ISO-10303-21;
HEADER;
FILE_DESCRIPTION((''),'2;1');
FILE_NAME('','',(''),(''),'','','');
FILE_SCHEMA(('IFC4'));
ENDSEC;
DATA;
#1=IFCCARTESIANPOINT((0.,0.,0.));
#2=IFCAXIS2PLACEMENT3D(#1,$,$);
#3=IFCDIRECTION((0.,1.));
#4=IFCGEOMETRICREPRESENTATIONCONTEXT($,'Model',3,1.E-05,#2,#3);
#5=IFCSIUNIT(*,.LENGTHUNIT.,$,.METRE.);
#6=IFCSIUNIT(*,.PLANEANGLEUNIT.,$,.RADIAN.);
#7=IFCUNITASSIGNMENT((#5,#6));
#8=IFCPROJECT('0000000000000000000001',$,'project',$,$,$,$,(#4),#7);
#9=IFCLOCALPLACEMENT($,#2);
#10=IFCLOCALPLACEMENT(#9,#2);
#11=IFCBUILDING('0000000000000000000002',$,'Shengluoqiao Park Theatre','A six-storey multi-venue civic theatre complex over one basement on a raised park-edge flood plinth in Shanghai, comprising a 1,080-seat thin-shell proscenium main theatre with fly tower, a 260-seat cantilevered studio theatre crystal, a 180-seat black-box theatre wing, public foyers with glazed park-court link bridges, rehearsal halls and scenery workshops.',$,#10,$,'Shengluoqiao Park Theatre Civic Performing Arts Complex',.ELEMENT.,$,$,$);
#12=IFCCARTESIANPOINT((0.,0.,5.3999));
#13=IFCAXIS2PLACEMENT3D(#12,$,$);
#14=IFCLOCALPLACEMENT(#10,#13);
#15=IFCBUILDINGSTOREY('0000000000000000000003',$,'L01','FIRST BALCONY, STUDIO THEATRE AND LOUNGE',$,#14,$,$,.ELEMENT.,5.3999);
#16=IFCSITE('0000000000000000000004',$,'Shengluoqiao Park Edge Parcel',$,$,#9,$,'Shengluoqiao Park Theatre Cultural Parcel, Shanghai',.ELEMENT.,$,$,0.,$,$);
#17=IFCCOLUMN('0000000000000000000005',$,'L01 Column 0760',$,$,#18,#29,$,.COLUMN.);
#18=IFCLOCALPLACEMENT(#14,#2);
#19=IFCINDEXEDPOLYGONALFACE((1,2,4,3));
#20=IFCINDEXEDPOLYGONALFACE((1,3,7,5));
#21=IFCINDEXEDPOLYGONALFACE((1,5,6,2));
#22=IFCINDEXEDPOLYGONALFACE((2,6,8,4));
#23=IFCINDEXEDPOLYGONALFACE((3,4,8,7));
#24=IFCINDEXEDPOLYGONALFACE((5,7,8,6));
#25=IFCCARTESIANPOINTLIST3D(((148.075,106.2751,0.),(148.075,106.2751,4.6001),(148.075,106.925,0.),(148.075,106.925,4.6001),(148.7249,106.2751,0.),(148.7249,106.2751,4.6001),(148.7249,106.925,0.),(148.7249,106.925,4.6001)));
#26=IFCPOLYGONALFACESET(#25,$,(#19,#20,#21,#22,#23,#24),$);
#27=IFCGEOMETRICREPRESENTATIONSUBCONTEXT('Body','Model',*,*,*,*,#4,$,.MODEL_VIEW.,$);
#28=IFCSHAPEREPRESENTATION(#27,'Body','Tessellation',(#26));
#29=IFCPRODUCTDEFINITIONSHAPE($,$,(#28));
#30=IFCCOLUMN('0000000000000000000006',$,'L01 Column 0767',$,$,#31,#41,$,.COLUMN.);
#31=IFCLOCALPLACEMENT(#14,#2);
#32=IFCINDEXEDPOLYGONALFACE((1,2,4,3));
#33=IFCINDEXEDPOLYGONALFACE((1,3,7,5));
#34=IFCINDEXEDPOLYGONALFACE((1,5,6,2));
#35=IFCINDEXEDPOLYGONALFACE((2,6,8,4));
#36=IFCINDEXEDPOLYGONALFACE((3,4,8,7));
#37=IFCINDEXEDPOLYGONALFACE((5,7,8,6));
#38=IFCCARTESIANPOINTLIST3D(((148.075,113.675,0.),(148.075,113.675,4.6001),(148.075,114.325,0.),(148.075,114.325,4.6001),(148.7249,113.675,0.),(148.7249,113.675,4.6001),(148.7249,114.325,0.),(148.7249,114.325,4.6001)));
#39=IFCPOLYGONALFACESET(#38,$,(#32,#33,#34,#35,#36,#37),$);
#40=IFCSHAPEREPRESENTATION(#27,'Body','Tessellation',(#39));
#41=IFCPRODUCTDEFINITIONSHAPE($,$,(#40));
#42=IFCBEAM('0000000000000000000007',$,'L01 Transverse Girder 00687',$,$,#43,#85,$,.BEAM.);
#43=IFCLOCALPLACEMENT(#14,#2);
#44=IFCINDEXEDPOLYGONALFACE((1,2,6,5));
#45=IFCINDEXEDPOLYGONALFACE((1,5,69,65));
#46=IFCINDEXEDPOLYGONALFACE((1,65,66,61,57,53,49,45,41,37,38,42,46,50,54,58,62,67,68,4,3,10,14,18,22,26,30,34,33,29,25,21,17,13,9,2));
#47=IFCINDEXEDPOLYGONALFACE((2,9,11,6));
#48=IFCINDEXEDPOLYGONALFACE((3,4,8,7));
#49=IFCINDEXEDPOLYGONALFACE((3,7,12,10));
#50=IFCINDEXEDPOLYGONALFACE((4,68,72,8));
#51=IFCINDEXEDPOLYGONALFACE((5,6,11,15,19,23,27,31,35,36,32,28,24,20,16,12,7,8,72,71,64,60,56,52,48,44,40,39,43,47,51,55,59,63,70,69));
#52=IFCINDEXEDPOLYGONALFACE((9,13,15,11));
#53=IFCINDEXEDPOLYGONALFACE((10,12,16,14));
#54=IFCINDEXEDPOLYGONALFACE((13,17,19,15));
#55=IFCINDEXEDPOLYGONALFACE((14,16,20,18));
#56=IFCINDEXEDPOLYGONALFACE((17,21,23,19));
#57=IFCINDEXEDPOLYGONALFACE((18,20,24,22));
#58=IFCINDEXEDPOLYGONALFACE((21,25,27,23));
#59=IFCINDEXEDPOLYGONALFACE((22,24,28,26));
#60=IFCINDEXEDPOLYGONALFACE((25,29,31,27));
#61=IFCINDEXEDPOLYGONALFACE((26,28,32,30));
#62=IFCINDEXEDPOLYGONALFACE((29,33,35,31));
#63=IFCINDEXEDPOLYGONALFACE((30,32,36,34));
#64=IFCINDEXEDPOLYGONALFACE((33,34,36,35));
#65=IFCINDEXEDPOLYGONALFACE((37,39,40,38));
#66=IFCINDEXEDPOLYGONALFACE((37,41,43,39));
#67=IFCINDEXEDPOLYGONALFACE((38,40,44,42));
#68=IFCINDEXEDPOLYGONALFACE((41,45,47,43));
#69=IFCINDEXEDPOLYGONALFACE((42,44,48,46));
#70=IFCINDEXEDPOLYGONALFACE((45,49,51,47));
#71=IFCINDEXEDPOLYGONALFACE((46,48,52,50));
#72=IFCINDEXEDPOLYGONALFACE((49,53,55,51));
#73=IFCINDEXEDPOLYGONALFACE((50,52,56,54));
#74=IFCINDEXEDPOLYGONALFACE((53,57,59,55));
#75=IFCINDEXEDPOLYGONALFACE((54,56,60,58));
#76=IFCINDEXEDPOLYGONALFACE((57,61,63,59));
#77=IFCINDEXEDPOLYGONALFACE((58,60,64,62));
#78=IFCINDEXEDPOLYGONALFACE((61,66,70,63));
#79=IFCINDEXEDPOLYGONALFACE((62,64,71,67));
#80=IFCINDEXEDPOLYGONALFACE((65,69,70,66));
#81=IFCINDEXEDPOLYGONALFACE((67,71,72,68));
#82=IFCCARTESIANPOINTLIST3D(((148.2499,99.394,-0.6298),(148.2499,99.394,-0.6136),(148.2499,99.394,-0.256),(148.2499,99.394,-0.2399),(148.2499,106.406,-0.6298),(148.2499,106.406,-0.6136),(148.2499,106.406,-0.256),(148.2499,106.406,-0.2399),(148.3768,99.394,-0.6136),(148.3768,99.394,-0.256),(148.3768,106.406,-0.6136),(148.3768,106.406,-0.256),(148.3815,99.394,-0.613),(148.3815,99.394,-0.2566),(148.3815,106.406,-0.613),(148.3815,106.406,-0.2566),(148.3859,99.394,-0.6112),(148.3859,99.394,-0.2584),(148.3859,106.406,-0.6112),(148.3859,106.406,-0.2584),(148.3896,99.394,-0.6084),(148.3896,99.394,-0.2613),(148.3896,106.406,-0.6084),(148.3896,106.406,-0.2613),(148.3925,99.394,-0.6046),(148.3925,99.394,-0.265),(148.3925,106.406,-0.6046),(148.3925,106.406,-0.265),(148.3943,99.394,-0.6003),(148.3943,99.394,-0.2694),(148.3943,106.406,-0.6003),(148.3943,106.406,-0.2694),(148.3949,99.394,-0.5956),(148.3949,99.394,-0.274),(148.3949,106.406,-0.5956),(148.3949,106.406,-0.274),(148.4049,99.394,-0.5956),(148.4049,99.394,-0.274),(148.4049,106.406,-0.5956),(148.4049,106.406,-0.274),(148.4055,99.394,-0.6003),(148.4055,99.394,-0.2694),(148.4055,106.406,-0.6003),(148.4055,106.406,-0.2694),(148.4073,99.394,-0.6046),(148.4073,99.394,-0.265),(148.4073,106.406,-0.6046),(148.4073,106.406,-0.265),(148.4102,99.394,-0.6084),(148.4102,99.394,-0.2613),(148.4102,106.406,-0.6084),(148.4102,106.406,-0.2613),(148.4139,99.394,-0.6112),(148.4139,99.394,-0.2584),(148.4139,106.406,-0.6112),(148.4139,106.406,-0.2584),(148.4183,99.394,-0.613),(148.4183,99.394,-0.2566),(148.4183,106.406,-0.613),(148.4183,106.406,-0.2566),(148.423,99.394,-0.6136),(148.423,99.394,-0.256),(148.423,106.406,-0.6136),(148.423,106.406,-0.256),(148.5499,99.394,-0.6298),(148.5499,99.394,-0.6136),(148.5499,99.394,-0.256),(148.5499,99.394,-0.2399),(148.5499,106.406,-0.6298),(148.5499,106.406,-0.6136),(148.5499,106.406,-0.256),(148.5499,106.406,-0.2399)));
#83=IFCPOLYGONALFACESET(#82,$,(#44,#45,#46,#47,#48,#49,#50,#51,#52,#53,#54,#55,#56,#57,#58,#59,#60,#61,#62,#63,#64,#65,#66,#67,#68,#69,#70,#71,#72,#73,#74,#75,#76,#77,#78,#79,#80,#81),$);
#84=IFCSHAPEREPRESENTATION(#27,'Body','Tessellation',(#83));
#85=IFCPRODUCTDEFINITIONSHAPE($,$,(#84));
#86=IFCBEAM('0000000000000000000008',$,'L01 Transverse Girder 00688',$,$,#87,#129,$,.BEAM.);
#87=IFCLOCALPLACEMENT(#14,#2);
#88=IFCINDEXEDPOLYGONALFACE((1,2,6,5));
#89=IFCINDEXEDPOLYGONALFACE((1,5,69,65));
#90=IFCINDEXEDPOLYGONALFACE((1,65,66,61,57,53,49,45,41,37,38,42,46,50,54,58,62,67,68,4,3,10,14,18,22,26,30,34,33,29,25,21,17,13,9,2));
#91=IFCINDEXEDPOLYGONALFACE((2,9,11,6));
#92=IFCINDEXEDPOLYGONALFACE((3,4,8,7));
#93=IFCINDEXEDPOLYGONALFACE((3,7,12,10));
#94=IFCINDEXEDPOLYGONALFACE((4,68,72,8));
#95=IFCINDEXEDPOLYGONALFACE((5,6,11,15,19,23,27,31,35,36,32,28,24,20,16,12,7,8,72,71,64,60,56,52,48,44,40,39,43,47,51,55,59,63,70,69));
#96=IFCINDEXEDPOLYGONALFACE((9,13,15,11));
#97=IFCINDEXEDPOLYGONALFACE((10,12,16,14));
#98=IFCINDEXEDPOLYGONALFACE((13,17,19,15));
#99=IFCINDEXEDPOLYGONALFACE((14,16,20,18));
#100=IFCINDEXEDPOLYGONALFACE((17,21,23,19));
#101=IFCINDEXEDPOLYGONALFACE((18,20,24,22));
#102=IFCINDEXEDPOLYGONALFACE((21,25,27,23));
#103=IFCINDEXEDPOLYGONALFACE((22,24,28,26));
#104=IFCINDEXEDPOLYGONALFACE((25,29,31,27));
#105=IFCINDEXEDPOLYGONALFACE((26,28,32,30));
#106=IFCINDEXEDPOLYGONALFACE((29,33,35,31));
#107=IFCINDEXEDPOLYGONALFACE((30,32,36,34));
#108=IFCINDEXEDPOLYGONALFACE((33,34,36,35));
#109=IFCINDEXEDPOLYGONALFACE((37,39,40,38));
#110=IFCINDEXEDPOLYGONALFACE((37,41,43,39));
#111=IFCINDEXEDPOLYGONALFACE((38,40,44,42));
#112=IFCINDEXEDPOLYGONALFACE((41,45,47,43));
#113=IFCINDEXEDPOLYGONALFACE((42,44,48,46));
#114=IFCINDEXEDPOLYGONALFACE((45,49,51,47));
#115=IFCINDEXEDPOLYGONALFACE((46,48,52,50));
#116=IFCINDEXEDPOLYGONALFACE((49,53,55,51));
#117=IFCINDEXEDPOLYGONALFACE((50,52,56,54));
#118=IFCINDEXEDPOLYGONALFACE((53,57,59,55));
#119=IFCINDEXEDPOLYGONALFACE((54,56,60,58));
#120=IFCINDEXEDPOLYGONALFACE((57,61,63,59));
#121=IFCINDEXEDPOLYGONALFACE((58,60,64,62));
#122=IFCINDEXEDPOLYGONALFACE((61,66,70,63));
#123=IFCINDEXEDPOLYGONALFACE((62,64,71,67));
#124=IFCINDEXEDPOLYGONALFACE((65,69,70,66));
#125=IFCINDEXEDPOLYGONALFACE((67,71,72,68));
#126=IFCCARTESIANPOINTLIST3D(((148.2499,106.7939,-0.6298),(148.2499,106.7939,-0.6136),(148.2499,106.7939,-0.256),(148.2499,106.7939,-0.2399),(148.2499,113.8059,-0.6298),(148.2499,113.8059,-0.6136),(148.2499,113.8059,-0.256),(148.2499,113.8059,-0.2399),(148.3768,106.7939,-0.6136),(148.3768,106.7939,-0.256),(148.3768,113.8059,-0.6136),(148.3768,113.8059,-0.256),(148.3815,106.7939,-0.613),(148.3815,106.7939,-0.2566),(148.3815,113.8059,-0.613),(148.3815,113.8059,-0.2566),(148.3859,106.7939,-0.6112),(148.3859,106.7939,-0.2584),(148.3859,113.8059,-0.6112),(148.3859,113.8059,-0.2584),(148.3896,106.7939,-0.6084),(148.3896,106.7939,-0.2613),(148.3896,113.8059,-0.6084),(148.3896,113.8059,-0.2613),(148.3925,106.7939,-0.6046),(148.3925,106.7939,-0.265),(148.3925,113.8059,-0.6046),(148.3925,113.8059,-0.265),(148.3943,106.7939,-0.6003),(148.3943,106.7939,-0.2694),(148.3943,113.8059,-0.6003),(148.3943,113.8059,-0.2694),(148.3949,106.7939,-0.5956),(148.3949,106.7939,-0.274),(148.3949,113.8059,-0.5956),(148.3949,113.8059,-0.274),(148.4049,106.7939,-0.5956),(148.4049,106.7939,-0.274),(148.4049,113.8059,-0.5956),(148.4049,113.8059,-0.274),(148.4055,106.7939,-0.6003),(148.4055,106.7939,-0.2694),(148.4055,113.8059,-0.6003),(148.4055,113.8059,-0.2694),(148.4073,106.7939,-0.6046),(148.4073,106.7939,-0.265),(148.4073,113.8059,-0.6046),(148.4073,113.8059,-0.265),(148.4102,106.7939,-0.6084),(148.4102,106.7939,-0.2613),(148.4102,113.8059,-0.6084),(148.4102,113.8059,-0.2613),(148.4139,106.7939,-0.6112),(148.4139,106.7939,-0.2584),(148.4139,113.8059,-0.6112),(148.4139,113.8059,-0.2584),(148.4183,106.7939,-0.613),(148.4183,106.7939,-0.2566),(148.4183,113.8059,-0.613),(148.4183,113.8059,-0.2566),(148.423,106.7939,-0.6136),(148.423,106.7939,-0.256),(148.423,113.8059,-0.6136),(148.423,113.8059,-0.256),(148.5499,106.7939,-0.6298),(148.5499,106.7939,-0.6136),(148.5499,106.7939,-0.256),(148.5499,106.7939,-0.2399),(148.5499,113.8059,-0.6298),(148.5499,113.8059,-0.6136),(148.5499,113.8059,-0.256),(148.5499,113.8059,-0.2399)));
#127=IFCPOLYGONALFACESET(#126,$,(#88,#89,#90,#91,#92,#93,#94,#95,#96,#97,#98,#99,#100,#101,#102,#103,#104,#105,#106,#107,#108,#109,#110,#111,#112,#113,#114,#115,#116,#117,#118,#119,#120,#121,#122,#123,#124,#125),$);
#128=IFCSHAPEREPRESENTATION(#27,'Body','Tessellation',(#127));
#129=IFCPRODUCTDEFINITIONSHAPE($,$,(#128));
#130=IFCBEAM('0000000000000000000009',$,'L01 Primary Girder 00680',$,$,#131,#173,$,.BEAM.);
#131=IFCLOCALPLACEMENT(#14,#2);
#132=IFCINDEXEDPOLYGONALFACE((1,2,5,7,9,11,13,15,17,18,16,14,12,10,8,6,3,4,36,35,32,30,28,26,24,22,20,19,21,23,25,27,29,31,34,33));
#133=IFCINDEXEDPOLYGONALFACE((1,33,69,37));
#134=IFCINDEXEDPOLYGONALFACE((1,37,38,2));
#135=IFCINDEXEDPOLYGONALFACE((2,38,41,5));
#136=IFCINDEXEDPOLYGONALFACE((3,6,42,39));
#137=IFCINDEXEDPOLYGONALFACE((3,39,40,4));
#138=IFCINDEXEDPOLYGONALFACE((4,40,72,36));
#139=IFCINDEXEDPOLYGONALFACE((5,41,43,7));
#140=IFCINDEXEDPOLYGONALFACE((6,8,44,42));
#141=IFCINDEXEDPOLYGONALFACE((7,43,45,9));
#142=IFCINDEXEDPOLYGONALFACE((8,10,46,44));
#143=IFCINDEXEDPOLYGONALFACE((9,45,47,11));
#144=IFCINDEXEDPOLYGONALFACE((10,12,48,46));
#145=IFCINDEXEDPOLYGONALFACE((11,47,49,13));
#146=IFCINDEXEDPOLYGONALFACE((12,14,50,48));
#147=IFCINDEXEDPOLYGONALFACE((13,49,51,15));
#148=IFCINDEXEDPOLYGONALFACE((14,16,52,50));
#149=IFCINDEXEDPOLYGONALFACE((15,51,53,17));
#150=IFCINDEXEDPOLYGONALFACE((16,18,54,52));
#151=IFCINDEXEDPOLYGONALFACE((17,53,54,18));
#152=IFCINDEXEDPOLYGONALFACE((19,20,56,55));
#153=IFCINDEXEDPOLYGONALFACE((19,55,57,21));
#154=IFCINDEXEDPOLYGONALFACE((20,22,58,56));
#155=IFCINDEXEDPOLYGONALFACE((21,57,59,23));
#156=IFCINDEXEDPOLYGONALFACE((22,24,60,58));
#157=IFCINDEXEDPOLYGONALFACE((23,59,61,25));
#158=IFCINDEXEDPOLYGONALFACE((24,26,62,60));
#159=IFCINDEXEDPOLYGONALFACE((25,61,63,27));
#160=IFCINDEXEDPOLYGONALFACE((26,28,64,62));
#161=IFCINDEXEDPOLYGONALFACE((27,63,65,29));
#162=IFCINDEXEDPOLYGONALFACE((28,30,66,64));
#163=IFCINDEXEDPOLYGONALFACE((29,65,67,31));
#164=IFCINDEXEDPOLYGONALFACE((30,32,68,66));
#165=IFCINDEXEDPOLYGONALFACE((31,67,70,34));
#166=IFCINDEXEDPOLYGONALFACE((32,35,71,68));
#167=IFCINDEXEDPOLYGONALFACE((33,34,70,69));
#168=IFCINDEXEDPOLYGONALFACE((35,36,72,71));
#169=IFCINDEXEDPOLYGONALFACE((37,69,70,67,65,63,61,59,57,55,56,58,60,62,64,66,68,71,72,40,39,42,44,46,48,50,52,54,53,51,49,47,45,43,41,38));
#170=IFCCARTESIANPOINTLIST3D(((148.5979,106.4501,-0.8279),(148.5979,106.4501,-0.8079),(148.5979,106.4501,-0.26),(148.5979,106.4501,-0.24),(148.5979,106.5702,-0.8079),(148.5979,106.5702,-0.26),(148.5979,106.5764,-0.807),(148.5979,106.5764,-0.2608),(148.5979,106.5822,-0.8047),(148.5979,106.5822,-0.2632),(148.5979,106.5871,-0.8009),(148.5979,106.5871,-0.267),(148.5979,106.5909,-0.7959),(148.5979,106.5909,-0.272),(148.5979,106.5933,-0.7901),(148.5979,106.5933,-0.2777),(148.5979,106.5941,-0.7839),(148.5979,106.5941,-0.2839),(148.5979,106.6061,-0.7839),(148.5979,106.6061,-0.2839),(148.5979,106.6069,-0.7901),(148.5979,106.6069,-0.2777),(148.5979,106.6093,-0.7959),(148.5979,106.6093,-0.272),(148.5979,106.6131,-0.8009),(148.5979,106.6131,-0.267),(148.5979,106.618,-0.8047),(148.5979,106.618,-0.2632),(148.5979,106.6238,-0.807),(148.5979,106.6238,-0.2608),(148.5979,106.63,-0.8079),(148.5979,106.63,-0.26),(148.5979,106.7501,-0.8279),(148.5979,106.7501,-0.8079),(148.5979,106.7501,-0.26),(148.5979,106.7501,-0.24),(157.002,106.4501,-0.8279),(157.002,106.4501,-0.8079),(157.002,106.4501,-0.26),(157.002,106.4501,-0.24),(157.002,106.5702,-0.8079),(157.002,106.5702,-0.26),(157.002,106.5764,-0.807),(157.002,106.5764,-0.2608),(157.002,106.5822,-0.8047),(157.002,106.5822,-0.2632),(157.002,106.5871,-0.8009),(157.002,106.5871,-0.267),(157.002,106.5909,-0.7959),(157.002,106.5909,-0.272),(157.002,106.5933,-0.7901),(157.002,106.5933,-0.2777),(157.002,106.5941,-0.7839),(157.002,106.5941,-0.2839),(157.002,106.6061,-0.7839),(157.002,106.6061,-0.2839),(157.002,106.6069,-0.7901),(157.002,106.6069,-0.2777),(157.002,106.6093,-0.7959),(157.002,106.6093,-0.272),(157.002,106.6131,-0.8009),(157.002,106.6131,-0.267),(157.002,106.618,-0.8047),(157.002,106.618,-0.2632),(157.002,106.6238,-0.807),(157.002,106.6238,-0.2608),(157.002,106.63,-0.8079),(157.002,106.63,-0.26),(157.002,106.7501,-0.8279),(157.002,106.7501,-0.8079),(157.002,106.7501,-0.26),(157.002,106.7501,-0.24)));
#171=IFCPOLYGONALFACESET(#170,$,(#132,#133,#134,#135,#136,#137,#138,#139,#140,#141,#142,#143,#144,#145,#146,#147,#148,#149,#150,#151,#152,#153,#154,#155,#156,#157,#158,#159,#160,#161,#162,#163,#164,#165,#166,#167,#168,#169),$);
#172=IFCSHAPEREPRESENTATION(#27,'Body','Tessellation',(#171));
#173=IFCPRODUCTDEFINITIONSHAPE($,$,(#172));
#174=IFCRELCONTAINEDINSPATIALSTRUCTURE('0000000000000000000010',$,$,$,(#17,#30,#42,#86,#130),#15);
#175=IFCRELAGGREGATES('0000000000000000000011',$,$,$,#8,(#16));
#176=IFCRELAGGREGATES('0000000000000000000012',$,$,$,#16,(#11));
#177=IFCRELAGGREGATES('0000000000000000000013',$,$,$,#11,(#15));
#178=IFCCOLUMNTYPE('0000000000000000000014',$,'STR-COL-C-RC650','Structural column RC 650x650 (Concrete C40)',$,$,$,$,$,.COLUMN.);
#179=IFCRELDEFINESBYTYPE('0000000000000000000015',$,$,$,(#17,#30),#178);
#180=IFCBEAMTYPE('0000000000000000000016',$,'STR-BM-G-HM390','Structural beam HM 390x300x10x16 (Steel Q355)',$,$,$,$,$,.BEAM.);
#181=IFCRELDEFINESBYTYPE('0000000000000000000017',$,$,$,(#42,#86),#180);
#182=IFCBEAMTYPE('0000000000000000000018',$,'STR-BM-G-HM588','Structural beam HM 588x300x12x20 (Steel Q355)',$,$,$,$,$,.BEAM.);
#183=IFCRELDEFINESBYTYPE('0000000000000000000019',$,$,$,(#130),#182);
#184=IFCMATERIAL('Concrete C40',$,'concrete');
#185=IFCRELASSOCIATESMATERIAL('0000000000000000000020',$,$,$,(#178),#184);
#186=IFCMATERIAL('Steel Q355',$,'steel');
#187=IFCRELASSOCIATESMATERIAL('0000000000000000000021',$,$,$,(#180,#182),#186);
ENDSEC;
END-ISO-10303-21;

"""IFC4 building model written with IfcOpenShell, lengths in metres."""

from ifc_helpers import new_model, si_unit, direction, frame, origin, origin_2d, place, context, subcontext, project, spatial, rectangle, i_section, extrude, material, material_profile, profile_set, type_object, element, save


model = new_model("IFC4")

# Units and contexts
model_context = context("Model", 3, precision=1e-05, world=origin(), true_north=direction((0.0, 1.0)))
body_context = subcontext(model_context, "Body", "Model", "MODEL_VIEW")
ifc_project = project(units=[si_unit("LENGTHUNIT", "METRE"), si_unit("PLANEANGLEUNIT", "RADIAN")], contexts=[model_context])

# Site, building, storey
site_placement = place(None, origin())
site = spatial("IfcSite", under=ifc_project, at=site_placement, Name="Shengluoqiao Park Edge Parcel", LongName="Shengluoqiao Park Theatre Cultural Parcel, Shanghai", CompositionType="ELEMENT", RefElevation=0.0)
building_placement = place(site_placement, origin())
building = spatial("IfcBuilding", under=site, at=building_placement, Name="Shengluoqiao Park Theatre", Description="A six-storey multi-venue civic theatre complex over one basement on a raised park-edge flood plinth in Shanghai, comprising a 1,080-seat thin-shell proscenium main theatre with fly tower, a 260-seat cantilevered studio theatre crystal, a 180-seat black-box theatre wing, public foyers with glazed park-court link bridges, rehearsal halls and scenery workshops.", LongName="Shengluoqiao Park Theatre Civic Performing Arts Complex", CompositionType="ELEMENT")
storey_placement = place(building_placement, frame((0.0, 0.0, 5.3999)))
storey = spatial("IfcBuildingStorey", under=building, at=storey_placement, Name="L01", Description="FIRST BALCONY, STUDIO THEATRE AND LOUNGE", CompositionType="ELEMENT", Elevation=5.3999)

# Columns
ifc_material_1 = material(Name="Concrete C40", Category="concrete")
ifc_material_profile_1 = material_profile(ifc_material_1, rectangle(XDim=0.6499, YDim=0.6499, at=origin_2d()), Name="RC 650x650")
ifc_profile_set_1 = profile_set([ifc_material_profile_1], Name="Concrete C40")
column_type = type_object("IfcColumnType", Name="STR-COL-C-RC650", Description="Structural column RC 650x650 (Concrete C40)", PredefinedType="COLUMN", material=ifc_profile_set_1)
for number, where, z_axis, x_axis, name in (
    (1, (148.3999, 106.6001, 0.0), (0.0, 0.0, 1.0), (1.0, 0.0, 0.0), "L01 Column 0760"),
    (2, (148.3999, 114.0, 0.0), (0.0, 0.0, 1.0), (1.0, 0.0, 0.0), "L01 Column 0767"),
):
    element("IfcColumn", number, at=place(storey_placement, frame(where, z_axis=z_axis, x_axis=x_axis)), inside=storey, type_object=column_type, Name=name, PredefinedType="COLUMN", context=body_context, shape_type="SweptSolid", body=[
        extrude(rectangle(XDim=0.6499, YDim=0.6499, at=origin_2d()), origin(), (0.0, 0.0, 1.0), 4.6001),
    ])

# Beams
ifc_material_2 = material(Name="Steel Q355", Category="steel")
ifc_material_profile_2 = material_profile(ifc_material_2, i_section(OverallWidth=0.3, OverallDepth=0.3899, WebThickness=0.01, FlangeThickness=0.0161, FilletRadius=0.0181, at=origin_2d()), Name="HM 390x300x10x16")
ifc_profile_set_2 = profile_set([ifc_material_profile_2], Name="Steel Q355")
beam_type_1 = type_object("IfcBeamType", Name="STR-BM-G-HM390", Description="Structural beam HM 390x300x10x16 (Steel Q355)", PredefinedType="BEAM", material=ifc_profile_set_2)
for number, where, z_axis, x_axis, name in (
    (3, (148.3999, 99.394, -0.4348), (0.0, 1.0, 0.0), (-1.0, 0.0, 0.0), "L01 Transverse Girder 00687"),
    (4, (148.3999, 106.7939, -0.4348), (0.0, 1.0, 0.0), (-1.0, 0.0, 0.0), "L01 Transverse Girder 00688"),
):
    element("IfcBeam", number, at=place(storey_placement, frame(where, z_axis=z_axis, x_axis=x_axis)), inside=storey, type_object=beam_type_1, Name=name, PredefinedType="BEAM", context=body_context, shape_type="SweptSolid", body=[
        extrude(i_section(OverallWidth=0.3, OverallDepth=0.3899, WebThickness=0.01, FlangeThickness=0.0161, FilletRadius=0.0181, at=origin_2d()), origin(), (0.0, 0.0, 1.0), 7.012),
    ])
ifc_material_profile_3 = material_profile(ifc_material_2, i_section(OverallWidth=0.3, OverallDepth=0.5879, WebThickness=0.012, FlangeThickness=0.02, FilletRadius=0.0239, at=origin_2d()), Name="HM 588x300x12x20")
ifc_profile_set_3 = profile_set([ifc_material_profile_3], Name="Steel Q355")
beam_type_2 = type_object("IfcBeamType", Name="STR-BM-G-HM588", Description="Structural beam HM 588x300x12x20 (Steel Q355)", PredefinedType="BEAM", material=ifc_profile_set_3)
for number, where, z_axis, x_axis, name in (
    (5, (148.5979, 106.6001, -0.5339), (1.0, 0.0, 0.0), (0.0, 1.0, 0.0), "L01 Primary Girder 00680"),
):
    element("IfcBeam", number, at=place(storey_placement, frame(where, z_axis=z_axis, x_axis=x_axis)), inside=storey, type_object=beam_type_2, Name=name, PredefinedType="BEAM", context=body_context, shape_type="SweptSolid", body=[
        extrude(i_section(OverallWidth=0.3, OverallDepth=0.5879, WebThickness=0.012, FlangeThickness=0.02, FilletRadius=0.0239, at=origin_2d()), origin(), (0.0, 0.0, 1.0), 8.4041),
    ])

save(model, "model.ifc")
